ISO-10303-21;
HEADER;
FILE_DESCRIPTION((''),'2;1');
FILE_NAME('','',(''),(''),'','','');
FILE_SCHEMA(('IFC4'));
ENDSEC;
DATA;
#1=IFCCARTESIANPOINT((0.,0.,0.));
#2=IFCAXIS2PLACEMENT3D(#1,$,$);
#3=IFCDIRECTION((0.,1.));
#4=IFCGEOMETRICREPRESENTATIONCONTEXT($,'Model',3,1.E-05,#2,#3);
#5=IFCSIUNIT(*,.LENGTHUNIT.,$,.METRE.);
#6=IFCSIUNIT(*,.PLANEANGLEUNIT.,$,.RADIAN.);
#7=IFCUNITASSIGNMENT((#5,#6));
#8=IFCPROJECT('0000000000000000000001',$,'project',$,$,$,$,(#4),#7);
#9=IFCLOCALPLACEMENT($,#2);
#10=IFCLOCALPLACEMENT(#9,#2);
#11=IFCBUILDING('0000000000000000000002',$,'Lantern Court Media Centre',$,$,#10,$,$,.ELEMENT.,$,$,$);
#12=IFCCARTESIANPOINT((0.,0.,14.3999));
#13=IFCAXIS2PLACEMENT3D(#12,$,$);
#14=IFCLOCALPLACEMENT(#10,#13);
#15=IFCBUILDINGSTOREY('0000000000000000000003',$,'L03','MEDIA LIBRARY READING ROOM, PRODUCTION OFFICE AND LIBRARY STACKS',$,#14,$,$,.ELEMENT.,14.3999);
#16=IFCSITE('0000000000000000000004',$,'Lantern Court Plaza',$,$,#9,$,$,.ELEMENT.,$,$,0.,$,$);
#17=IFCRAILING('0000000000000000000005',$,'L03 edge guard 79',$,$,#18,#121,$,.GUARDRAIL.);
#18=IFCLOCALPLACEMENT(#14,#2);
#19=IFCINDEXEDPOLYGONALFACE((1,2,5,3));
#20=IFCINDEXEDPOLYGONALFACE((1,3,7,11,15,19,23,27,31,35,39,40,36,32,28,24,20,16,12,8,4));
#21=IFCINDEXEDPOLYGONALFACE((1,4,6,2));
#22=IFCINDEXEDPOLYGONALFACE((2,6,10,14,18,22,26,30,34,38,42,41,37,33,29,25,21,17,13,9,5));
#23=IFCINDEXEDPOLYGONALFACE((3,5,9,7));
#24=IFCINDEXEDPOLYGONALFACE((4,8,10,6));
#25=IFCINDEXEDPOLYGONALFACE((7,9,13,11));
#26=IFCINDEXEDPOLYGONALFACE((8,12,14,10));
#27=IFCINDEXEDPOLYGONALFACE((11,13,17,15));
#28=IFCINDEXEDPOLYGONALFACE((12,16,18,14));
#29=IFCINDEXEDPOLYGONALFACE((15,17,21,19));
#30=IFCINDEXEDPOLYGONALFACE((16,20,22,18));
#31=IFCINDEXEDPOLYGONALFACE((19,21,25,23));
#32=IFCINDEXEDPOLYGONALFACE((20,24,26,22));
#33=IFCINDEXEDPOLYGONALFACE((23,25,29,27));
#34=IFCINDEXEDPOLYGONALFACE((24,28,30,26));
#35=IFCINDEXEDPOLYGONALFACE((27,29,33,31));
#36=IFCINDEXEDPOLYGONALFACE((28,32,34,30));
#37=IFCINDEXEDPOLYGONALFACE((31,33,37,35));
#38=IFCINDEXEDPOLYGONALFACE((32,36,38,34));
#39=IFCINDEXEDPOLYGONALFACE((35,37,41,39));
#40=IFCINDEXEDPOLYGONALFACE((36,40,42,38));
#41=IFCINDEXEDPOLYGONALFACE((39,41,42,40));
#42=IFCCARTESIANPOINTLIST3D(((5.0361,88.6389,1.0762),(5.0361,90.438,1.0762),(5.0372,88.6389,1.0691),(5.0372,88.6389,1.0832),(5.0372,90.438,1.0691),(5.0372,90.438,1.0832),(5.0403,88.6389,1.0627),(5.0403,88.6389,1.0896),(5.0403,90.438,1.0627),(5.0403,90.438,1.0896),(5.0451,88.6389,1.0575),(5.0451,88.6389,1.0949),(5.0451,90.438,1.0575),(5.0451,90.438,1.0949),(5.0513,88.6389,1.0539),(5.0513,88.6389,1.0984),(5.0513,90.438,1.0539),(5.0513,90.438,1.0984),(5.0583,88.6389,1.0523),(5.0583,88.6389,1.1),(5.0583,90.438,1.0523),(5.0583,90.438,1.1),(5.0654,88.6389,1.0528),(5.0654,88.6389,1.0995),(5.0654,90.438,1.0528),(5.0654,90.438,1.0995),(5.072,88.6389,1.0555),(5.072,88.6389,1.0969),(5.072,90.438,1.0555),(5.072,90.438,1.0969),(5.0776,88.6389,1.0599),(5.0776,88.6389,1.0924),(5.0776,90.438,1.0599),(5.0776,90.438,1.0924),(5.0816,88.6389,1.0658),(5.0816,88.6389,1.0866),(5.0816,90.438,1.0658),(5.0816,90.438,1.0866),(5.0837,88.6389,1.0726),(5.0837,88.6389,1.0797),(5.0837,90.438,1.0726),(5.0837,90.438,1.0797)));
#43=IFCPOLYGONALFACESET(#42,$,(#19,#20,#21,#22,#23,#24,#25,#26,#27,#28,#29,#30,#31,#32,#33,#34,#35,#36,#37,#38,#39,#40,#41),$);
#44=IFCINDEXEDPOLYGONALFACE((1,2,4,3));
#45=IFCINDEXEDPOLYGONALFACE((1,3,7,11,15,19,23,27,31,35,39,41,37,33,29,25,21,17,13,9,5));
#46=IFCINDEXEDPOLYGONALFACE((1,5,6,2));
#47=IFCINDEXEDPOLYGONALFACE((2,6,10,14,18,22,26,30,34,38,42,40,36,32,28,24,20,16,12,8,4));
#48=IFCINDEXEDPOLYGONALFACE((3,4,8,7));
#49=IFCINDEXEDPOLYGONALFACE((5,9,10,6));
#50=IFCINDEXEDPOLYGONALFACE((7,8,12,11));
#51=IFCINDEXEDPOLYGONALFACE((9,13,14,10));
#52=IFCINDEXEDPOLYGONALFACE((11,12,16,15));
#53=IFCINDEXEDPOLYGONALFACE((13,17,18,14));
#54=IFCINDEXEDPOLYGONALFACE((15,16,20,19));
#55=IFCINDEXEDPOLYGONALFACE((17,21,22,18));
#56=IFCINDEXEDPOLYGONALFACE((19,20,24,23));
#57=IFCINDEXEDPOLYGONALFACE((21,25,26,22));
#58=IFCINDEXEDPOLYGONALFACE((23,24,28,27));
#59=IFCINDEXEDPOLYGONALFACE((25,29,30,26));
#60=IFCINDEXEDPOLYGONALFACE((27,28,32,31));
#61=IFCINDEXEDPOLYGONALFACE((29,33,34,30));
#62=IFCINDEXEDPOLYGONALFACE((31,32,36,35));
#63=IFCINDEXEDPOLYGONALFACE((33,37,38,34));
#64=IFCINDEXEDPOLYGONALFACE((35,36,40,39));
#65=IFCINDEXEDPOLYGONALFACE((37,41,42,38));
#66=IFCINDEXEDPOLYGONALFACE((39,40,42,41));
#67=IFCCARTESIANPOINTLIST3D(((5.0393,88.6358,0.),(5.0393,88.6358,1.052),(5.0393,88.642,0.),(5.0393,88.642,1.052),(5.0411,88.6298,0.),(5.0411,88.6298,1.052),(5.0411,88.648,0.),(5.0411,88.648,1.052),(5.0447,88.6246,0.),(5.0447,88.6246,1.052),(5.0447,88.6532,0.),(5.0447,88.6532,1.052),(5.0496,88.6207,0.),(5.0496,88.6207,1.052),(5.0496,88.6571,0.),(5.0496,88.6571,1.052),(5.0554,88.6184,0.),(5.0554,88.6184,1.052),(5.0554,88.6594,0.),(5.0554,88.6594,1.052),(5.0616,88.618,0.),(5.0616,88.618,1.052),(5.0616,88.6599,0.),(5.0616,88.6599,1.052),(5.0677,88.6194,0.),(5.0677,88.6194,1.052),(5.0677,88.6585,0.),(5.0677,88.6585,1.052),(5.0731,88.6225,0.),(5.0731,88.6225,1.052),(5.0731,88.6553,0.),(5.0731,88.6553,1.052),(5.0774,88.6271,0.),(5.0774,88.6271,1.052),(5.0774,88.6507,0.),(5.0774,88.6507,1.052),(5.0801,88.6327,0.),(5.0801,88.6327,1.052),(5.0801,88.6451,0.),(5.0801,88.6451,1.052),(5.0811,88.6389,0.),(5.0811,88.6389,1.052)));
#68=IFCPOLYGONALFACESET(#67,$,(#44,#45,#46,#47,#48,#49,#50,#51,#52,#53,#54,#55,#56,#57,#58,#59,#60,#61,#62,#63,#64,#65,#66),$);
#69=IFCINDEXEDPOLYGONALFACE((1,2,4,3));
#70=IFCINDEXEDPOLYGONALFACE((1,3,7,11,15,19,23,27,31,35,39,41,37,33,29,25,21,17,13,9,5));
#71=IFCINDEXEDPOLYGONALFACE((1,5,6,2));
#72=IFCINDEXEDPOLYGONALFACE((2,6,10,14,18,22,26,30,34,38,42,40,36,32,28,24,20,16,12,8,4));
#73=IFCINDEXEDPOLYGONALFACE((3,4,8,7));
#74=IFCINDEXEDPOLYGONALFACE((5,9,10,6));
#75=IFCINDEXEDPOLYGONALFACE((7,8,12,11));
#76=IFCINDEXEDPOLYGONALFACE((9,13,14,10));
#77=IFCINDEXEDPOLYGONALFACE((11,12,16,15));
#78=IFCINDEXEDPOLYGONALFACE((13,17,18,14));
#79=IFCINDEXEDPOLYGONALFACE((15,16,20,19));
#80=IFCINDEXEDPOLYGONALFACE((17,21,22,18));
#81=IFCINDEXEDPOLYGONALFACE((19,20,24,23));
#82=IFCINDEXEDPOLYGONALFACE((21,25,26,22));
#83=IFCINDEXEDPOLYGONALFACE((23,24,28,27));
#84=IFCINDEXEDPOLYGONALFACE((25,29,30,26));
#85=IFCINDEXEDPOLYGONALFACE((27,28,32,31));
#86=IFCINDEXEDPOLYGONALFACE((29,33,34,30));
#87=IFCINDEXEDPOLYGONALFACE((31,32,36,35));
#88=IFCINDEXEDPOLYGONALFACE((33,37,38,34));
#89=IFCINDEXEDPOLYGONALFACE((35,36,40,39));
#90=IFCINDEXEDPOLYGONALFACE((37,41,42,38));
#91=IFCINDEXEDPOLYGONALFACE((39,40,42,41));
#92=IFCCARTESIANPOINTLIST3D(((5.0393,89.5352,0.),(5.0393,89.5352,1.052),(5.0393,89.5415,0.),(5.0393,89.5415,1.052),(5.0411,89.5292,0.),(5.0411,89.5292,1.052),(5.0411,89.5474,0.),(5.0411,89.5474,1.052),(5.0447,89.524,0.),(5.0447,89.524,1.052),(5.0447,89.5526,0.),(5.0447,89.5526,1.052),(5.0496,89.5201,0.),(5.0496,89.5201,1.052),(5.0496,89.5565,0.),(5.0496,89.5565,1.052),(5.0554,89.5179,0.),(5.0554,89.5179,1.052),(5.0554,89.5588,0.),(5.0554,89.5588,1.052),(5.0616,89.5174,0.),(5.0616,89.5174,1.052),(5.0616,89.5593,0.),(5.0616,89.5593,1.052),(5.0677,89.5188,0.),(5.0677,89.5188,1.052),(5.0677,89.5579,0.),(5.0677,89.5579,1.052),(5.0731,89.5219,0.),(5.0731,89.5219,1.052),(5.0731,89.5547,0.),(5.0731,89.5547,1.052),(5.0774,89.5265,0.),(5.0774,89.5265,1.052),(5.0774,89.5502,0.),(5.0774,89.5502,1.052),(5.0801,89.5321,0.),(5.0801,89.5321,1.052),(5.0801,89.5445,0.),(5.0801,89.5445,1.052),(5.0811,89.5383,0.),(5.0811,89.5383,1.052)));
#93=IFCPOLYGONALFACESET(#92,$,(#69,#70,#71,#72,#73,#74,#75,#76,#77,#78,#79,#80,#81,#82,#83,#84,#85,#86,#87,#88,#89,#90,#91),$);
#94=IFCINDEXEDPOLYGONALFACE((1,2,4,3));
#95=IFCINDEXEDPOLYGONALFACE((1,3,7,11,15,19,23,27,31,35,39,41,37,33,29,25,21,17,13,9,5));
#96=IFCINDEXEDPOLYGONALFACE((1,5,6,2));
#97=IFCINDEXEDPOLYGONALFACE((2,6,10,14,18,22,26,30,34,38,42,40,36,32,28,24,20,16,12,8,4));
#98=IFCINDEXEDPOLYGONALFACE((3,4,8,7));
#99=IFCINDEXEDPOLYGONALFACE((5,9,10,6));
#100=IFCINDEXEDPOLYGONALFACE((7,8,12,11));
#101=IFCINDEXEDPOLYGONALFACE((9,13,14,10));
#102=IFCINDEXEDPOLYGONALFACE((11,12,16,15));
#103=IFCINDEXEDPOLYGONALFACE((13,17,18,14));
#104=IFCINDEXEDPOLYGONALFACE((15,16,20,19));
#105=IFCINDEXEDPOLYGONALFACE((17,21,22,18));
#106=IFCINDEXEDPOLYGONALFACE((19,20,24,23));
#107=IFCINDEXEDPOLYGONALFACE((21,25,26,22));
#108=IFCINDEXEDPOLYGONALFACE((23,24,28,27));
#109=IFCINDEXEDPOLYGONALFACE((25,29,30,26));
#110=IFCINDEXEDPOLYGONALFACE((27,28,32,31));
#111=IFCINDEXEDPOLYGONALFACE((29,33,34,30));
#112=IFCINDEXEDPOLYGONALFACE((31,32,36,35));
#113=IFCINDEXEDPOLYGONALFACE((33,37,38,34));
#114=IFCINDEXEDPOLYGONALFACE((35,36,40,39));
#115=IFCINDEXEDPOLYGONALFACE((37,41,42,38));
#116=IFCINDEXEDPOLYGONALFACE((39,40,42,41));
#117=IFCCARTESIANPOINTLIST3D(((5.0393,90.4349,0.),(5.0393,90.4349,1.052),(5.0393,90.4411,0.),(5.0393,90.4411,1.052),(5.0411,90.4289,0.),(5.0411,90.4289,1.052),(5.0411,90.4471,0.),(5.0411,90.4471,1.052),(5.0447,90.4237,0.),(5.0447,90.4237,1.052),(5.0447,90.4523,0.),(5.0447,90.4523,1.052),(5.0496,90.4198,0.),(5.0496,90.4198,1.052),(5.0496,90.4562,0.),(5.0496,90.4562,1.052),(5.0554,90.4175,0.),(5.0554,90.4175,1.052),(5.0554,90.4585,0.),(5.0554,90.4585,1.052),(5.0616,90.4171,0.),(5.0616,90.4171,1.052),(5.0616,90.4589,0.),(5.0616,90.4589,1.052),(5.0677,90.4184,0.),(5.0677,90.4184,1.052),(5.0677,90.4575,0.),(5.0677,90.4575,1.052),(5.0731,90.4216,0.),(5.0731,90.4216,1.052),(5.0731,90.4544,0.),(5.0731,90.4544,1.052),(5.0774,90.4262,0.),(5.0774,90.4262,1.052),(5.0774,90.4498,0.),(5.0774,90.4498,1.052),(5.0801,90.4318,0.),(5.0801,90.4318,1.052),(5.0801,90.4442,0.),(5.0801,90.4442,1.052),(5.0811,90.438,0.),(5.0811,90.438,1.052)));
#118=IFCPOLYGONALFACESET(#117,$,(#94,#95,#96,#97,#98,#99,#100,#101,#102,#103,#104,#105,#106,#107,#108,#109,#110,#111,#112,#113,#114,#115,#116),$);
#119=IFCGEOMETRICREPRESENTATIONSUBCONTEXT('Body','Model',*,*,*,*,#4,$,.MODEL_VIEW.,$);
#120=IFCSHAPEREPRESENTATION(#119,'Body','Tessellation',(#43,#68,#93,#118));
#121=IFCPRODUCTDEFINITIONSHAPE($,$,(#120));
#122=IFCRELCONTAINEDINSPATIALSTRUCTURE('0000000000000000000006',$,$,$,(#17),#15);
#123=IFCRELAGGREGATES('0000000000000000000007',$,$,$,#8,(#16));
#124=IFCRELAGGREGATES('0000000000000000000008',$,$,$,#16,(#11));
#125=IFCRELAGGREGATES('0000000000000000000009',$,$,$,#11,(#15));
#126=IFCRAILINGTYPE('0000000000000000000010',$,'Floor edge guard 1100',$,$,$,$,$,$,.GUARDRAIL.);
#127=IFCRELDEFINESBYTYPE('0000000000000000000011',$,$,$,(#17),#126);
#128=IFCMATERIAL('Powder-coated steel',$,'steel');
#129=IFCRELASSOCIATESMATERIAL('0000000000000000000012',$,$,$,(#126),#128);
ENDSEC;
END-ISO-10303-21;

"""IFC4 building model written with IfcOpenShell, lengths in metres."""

from ifc_helpers import new_model, si_unit, direction, frame, origin, origin_2d, place, context, subcontext, project, spatial, circle, extrude, material, type_object, element, save


model = new_model("IFC4")

# Units and contexts
model_context = context("Model", 3, precision=1e-05, world=origin(), true_north=direction((0.0, 1.0)))
body_context = subcontext(model_context, "Body", "Model", "MODEL_VIEW")
ifc_project = project(units=[si_unit("LENGTHUNIT", "METRE"), si_unit("PLANEANGLEUNIT", "RADIAN")], contexts=[model_context])

# Site, building, storey
site_placement = place(None, origin())
site = spatial("IfcSite", under=ifc_project, at=site_placement, Name="Lantern Court Plaza", CompositionType="ELEMENT", RefElevation=0.0)
building_placement = place(site_placement, origin())
building = spatial("IfcBuilding", under=site, at=building_placement, Name="Lantern Court Media Centre", CompositionType="ELEMENT")
storey_placement = place(building_placement, frame((0.0, 0.0, 14.3999)))
storey = spatial("IfcBuildingStorey", under=building, at=storey_placement, Name="L03", Description="MEDIA LIBRARY READING ROOM, PRODUCTION OFFICE AND LIBRARY STACKS", CompositionType="ELEMENT", Elevation=14.3999)

# Railing
ifc_material_1 = material(Name="Powder-coated steel", Category="steel")
railing_type = type_object("IfcRailingType", Name="Floor edge guard 1100", PredefinedType="GUARDRAIL", material=ifc_material_1)
railing_1_placement = place(storey_placement, frame((5.0601, 88.6389, 0.0)))
element("IfcRailing", 1, at=railing_1_placement, inside=storey, type_object=railing_type, Name="L03 edge guard 79", PredefinedType="GUARDRAIL", context=body_context, shape_type="SweptSolid", body=[
    extrude(circle(Radius=0.0239, at=origin_2d()), frame((0.0, 0.0, 1.0762), z_axis=(0.0, 1.0, 0.0), x_axis=(-1.0, 0.0, 0.0)), (0.0, 0.0, 1.0), 1.7991),
    extrude(circle(Radius=0.021, at=origin_2d()), origin(), (0.0, 0.0, 1.0), 1.052),
    extrude(circle(Radius=0.021, at=origin_2d()), frame((0.0, 0.8994, 0.0)), (0.0, 0.0, 1.0), 1.052),
    extrude(circle(Radius=0.021, at=origin_2d()), frame((0.0, 1.7991, 0.0)), (0.0, 0.0, 1.0), 1.052),
])

save(model, "model.ifc")
